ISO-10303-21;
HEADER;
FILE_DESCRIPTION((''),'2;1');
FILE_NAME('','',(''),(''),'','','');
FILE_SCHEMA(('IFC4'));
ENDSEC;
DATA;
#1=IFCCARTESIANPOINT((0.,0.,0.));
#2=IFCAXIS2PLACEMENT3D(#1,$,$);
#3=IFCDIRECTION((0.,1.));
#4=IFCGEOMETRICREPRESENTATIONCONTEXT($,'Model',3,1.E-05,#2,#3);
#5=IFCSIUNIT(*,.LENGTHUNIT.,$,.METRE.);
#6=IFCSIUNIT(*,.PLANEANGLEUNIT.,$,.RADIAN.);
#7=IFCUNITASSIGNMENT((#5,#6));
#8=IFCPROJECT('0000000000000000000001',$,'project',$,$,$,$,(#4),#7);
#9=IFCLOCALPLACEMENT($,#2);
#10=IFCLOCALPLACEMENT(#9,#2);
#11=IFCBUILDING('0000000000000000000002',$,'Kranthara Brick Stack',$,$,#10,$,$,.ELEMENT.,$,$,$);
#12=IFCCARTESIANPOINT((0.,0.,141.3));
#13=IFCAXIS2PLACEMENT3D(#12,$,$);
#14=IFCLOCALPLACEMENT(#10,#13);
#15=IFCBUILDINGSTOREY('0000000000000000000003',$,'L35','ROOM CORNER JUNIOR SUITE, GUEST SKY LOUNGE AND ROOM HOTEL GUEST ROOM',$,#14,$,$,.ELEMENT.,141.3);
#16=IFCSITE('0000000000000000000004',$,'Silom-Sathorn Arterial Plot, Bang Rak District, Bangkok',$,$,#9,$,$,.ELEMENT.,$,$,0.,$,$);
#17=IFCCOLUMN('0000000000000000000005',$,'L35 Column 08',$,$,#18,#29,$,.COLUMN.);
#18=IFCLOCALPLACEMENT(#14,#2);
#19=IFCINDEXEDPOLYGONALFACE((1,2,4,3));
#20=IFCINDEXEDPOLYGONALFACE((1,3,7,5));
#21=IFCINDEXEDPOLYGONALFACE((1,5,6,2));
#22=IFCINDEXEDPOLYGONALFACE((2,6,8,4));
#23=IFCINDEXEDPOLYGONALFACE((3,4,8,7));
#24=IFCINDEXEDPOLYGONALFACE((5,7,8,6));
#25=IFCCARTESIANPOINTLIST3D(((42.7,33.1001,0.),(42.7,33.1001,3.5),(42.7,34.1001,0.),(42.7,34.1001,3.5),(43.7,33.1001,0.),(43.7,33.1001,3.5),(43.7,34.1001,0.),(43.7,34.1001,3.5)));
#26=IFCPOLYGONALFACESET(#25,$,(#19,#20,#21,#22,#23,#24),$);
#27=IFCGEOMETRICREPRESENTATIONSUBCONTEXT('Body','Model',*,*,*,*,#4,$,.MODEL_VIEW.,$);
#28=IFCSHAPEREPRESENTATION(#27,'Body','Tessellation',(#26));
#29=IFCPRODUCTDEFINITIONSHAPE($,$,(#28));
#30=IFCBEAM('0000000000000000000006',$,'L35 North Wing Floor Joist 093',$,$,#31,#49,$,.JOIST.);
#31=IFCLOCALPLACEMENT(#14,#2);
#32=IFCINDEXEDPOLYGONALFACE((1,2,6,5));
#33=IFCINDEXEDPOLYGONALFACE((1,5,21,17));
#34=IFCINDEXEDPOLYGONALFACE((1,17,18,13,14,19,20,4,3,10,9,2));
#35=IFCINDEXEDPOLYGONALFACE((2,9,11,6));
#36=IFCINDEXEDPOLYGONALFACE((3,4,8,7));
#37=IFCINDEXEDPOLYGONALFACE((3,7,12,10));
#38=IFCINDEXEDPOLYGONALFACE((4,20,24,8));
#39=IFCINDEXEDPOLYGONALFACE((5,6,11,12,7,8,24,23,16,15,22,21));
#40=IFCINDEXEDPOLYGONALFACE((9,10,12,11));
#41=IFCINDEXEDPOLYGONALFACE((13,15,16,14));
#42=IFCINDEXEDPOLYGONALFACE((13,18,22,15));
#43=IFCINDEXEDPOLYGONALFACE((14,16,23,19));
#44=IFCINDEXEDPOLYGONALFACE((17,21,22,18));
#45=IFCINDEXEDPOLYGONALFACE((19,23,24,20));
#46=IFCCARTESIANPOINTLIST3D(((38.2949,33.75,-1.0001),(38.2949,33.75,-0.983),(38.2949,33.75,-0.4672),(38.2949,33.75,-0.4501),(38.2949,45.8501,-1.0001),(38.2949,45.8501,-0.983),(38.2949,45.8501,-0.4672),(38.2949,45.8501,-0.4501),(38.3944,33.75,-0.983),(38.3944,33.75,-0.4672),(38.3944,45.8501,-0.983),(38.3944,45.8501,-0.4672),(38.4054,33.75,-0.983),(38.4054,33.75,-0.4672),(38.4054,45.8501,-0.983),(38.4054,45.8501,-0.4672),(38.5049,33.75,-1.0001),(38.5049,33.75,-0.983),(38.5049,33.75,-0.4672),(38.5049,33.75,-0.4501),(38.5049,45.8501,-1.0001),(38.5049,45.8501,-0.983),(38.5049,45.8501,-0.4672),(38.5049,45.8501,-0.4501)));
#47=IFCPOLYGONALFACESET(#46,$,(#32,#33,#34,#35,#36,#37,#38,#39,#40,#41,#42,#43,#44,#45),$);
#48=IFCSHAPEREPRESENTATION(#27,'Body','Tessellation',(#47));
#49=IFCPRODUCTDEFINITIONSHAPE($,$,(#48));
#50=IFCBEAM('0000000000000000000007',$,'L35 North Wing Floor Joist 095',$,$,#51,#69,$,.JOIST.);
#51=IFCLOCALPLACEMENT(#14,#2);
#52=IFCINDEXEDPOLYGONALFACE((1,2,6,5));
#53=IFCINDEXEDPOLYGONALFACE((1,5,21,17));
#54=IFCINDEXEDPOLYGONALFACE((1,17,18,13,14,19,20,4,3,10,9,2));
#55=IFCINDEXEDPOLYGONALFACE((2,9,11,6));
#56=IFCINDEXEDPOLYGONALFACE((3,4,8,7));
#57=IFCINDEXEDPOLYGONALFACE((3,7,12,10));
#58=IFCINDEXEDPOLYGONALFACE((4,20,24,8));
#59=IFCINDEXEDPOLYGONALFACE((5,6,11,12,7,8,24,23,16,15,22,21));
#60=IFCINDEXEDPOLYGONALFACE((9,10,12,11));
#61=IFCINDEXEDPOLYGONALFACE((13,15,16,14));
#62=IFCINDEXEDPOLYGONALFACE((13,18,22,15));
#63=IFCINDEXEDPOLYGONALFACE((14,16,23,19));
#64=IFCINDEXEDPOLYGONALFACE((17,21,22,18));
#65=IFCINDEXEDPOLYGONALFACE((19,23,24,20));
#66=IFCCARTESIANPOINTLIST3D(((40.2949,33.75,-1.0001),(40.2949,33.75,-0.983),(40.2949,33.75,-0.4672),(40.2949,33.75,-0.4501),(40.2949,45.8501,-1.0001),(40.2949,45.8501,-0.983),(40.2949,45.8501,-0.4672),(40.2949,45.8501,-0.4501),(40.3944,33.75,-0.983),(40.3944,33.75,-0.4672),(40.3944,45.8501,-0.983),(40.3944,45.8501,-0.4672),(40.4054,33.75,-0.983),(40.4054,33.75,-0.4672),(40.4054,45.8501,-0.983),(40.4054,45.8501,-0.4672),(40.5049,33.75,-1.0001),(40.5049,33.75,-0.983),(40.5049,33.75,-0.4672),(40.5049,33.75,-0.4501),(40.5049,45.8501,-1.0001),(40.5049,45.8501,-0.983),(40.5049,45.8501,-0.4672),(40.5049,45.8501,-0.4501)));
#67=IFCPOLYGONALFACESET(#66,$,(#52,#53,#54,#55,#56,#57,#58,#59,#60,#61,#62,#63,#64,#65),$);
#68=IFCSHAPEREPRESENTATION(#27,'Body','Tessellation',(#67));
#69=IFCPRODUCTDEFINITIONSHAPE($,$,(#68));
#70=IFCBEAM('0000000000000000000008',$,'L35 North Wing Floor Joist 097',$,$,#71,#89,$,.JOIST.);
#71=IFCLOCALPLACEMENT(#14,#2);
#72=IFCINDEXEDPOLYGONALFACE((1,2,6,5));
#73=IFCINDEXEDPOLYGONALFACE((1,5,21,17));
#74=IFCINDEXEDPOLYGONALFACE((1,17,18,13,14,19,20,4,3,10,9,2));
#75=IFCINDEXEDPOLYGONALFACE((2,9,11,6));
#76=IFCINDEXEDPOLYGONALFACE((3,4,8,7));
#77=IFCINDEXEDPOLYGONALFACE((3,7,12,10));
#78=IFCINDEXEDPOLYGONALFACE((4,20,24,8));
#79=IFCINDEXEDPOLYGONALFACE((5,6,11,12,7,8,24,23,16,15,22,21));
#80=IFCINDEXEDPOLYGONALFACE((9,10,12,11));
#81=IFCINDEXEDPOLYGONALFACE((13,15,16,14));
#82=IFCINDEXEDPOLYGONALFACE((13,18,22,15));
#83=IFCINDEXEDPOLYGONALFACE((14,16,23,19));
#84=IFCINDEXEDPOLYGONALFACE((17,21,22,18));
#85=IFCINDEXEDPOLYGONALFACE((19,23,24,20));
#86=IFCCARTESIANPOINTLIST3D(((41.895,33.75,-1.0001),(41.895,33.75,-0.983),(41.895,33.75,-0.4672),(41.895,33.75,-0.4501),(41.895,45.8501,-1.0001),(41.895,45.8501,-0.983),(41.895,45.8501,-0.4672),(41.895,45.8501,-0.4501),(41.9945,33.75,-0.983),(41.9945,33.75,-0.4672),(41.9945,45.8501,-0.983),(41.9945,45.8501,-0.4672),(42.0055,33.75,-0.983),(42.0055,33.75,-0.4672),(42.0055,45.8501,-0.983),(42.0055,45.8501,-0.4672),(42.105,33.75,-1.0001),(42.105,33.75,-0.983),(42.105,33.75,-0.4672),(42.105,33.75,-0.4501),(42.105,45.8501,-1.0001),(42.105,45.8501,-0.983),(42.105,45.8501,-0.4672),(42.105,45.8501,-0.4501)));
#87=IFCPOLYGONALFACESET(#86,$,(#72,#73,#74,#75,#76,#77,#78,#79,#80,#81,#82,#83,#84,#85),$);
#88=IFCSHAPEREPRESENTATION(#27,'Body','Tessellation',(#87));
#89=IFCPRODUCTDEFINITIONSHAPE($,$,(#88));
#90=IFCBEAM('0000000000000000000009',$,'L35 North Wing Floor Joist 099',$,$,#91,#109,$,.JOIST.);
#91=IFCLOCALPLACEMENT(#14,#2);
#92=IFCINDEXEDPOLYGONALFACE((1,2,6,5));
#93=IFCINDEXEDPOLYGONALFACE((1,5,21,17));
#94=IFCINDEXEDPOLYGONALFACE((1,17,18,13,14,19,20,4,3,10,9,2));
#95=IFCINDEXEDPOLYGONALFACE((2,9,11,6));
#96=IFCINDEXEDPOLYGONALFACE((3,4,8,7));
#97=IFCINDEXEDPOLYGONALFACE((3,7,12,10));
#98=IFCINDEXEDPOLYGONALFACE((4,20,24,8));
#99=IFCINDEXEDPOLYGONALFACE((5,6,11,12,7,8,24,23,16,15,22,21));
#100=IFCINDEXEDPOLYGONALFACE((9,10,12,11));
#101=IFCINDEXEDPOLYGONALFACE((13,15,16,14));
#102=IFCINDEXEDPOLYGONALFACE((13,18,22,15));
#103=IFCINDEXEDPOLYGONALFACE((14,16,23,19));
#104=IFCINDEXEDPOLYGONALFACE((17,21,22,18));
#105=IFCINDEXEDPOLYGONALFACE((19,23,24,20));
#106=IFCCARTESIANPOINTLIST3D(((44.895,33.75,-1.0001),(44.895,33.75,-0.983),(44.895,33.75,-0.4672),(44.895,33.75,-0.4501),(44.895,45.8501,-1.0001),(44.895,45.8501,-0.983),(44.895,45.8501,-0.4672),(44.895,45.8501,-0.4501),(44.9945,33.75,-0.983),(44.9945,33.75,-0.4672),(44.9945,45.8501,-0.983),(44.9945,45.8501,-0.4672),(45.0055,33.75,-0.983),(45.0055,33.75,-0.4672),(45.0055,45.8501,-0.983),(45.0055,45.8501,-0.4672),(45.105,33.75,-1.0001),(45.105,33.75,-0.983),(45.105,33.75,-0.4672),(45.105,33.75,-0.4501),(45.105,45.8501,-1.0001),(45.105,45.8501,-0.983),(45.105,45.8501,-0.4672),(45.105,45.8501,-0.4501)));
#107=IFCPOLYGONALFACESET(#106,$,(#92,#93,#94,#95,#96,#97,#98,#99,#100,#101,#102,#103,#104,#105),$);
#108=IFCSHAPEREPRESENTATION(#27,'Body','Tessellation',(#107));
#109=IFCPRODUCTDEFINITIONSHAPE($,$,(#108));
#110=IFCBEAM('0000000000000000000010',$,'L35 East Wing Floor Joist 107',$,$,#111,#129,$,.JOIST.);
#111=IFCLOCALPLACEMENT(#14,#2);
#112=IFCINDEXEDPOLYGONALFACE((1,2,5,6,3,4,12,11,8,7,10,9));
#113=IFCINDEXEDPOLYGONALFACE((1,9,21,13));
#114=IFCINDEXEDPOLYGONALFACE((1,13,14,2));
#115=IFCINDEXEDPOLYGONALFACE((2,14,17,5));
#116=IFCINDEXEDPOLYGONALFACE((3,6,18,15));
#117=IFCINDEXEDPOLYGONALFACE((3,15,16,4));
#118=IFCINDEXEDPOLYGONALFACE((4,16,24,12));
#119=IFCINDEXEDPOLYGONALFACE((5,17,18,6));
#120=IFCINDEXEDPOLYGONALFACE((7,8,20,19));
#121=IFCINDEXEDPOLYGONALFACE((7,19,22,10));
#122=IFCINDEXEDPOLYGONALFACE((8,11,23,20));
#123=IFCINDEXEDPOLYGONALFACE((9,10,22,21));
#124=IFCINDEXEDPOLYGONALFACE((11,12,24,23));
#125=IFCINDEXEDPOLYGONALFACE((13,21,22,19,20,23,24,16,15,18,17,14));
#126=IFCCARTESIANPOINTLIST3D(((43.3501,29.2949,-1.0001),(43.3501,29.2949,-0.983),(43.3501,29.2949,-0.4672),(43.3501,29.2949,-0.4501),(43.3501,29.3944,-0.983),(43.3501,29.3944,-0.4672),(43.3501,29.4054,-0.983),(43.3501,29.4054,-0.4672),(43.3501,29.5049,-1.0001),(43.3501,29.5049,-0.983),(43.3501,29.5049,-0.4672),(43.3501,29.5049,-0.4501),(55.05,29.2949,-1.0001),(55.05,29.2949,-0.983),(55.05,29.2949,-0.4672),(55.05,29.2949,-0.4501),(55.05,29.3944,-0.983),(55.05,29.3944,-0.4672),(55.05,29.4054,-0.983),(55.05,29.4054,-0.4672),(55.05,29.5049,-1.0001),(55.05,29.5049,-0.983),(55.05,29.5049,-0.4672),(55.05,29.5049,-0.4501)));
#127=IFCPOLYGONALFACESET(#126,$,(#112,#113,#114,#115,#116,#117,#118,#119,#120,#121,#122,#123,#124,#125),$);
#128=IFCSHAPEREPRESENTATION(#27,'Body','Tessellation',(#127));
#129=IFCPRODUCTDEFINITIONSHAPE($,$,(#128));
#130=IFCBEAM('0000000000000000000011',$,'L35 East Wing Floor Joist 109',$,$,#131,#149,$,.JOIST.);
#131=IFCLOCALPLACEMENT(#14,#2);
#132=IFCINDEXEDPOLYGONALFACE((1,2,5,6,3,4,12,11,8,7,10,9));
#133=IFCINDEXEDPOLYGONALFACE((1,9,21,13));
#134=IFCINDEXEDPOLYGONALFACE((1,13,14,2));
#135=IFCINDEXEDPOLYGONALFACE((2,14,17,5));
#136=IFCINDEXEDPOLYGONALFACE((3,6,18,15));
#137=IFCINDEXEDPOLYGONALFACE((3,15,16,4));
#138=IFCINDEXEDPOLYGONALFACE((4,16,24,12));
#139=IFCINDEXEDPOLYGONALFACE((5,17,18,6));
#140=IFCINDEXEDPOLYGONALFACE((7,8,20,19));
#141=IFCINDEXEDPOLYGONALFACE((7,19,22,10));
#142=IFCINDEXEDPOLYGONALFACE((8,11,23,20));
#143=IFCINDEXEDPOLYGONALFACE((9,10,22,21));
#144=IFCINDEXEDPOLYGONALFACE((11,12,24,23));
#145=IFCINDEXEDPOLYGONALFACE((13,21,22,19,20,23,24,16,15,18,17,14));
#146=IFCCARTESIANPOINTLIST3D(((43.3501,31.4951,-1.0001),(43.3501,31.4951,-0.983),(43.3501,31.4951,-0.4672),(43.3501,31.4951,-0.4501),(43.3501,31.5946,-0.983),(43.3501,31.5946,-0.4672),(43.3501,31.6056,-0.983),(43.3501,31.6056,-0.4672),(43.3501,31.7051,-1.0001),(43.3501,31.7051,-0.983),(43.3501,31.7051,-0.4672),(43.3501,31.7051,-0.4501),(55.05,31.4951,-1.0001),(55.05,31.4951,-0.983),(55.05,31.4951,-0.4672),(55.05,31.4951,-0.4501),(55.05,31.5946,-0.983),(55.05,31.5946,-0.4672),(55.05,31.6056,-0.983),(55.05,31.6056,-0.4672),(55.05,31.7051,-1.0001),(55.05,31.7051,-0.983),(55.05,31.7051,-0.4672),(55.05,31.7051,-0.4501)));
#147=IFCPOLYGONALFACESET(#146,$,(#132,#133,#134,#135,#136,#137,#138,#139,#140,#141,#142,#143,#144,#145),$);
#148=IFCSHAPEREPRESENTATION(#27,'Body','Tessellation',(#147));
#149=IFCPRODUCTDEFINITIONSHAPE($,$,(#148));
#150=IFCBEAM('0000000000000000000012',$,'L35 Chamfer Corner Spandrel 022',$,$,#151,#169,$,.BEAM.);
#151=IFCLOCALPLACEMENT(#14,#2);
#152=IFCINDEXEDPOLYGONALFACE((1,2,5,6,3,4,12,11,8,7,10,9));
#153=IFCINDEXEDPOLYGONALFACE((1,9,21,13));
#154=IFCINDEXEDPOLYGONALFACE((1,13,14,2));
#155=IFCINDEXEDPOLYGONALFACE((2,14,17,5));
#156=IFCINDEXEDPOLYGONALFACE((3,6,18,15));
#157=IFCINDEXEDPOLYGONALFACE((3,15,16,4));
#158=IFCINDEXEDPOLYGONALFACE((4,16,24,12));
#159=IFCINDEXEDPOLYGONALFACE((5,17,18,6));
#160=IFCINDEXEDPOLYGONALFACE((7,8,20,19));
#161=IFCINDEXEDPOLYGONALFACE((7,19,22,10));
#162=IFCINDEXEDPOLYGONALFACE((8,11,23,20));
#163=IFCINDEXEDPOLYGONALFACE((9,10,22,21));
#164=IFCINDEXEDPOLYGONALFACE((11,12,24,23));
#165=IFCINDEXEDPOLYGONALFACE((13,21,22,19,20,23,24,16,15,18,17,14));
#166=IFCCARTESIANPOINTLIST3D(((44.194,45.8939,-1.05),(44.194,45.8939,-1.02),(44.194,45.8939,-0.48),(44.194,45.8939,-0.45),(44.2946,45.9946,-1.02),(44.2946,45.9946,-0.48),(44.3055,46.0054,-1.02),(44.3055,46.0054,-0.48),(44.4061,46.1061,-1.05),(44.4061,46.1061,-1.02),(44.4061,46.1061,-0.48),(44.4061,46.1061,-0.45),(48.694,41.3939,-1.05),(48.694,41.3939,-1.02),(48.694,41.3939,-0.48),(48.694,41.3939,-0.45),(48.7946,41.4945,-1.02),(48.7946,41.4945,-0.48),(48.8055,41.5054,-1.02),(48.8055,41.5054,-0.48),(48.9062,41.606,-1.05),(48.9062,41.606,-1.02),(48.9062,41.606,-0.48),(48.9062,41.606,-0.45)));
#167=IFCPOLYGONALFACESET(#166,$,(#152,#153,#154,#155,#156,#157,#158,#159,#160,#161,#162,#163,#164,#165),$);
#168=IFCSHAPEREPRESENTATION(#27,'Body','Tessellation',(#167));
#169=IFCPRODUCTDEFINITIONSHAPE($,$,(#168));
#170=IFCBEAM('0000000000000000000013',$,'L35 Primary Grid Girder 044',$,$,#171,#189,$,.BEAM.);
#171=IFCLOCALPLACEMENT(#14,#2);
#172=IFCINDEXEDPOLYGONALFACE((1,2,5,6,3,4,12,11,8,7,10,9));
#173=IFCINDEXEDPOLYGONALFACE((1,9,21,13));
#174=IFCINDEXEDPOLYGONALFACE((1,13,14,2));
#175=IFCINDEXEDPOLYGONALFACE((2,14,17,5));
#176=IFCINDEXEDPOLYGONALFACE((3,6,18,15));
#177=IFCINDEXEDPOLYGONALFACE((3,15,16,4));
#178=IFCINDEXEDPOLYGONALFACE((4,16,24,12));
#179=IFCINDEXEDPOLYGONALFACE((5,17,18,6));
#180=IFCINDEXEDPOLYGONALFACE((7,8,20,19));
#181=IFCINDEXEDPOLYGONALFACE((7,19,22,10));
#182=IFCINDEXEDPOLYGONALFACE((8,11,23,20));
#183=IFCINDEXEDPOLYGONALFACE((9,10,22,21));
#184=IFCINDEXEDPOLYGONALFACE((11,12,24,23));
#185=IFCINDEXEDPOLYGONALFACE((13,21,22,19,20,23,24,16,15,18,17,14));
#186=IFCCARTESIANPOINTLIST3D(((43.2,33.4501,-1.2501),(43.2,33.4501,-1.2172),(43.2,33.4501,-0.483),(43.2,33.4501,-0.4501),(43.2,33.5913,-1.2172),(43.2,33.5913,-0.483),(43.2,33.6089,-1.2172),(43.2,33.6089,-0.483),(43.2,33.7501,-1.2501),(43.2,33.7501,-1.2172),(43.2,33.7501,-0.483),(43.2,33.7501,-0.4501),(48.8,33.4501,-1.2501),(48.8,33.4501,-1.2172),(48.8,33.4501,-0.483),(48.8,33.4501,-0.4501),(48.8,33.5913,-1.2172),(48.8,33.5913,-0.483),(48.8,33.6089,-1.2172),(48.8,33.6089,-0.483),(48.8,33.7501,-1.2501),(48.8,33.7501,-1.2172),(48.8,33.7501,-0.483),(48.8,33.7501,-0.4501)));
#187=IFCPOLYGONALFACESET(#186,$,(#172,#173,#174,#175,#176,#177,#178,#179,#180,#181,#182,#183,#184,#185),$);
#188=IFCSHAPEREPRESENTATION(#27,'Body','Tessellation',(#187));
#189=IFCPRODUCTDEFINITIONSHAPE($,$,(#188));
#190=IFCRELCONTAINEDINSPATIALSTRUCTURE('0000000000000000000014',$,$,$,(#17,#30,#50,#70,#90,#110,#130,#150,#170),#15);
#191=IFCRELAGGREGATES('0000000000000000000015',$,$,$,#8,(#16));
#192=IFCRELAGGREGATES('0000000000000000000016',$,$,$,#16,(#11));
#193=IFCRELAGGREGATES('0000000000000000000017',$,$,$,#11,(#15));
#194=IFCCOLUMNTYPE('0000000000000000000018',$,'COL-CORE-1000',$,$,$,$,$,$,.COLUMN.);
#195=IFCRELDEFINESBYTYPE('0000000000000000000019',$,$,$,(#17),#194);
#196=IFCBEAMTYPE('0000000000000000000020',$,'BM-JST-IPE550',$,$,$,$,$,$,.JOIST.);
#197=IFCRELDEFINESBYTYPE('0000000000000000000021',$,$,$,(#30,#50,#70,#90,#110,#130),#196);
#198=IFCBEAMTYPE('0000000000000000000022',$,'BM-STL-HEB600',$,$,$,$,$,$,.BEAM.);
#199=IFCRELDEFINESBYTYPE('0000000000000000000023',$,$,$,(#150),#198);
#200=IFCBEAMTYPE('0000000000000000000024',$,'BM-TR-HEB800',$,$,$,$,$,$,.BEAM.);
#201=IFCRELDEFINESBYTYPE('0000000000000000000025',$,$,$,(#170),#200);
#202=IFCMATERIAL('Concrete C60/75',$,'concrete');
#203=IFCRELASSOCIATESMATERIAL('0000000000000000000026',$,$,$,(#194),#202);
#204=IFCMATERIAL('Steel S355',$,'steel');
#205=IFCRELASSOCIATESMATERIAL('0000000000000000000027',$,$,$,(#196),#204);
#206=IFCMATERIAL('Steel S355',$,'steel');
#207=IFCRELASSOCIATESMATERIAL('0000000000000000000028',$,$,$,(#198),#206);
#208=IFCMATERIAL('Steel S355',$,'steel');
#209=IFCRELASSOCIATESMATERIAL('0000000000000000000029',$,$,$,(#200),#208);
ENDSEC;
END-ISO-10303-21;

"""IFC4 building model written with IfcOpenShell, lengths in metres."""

from ifc_helpers import new_model, si_unit, direction, frame, origin, origin_2d, place, context, subcontext, project, spatial, rectangle, i_section, extrude, material, material_profile, profile_set, type_object, element, save


model = new_model("IFC4")

# Units and contexts
model_context = context("Model", 3, precision=1e-05, world=origin(), true_north=direction((0.0, 1.0)))
body_context = subcontext(model_context, "Body", "Model", "MODEL_VIEW")
ifc_project = project(units=[si_unit("LENGTHUNIT", "METRE"), si_unit("PLANEANGLEUNIT", "RADIAN")], contexts=[model_context])

# Site, building, storey
site_placement = place(None, origin())
site = spatial("IfcSite", under=ifc_project, at=site_placement, Name="Silom-Sathorn Arterial Plot, Bang Rak District, Bangkok", CompositionType="ELEMENT", RefElevation=0.0)
building_placement = place(site_placement, origin())
building = spatial("IfcBuilding", under=site, at=building_placement, Name="Kranthara Brick Stack", CompositionType="ELEMENT")
storey_placement = place(building_placement, frame((0.0, 0.0, 141.3)))
storey = spatial("IfcBuildingStorey", under=building, at=storey_placement, Name="L35", Description="ROOM CORNER JUNIOR SUITE, GUEST SKY LOUNGE AND ROOM HOTEL GUEST ROOM", CompositionType="ELEMENT", Elevation=141.3)

# Column
ifc_material_1 = material(Name="Concrete C60/75", Category="concrete")
ifc_material_profile_1 = material_profile(ifc_material_1, rectangle(XDim=1.0, YDim=1.0, at=origin_2d()), Name="RC 1000x1000")
ifc_profile_set_1 = profile_set([ifc_material_profile_1], Name="Concrete C60/75")
column_type = type_object("IfcColumnType", Name="COL-CORE-1000", PredefinedType="COLUMN", material=ifc_profile_set_1)
column_placement = place(storey_placement, frame((43.2, 33.6001, 0.0), z_axis=(0.0, 0.0, 1.0), x_axis=(1.0, 0.0, 0.0)))
element("IfcColumn", 1, at=column_placement, inside=storey, type_object=column_type, Name="L35 Column 08", PredefinedType="COLUMN", context=body_context, shape_type="SweptSolid", body=[
    extrude(rectangle(XDim=1.0, YDim=1.0, at=origin_2d()), origin(), (0.0, 0.0, 1.0), 3.5),
])

# Beams
ifc_material_2 = material(Name="Steel S355", Category="steel")
ifc_material_profile_2 = material_profile(ifc_material_2, i_section(OverallWidth=0.21, OverallDepth=0.55, WebThickness=0.011, FlangeThickness=0.0171, at=origin_2d()), Name="IPE 550")
ifc_profile_set_2 = profile_set([ifc_material_profile_2], Name="Steel S355")
beam_type_1 = type_object("IfcBeamType", Name="BM-JST-IPE550", PredefinedType="JOIST", material=ifc_profile_set_2)
for number, where, z_axis, x_axis, name in (
    (2, (38.3999, 33.75, -0.7251), (0.0, 1.0, 0.0), (-1.0, 0.0, 0.0), "L35 North Wing Floor Joist 093"),
    (3, (40.3999, 33.75, -0.7251), (0.0, 1.0, 0.0), (-1.0, 0.0, 0.0), "L35 North Wing Floor Joist 095"),
    (4, (42.0, 33.75, -0.7251), (0.0, 1.0, 0.0), (-1.0, 0.0, 0.0), "L35 North Wing Floor Joist 097"),
    (5, (45.0, 33.75, -0.7251), (0.0, 1.0, 0.0), (-1.0, 0.0, 0.0), "L35 North Wing Floor Joist 099"),
):
    element("IfcBeam", number, at=place(storey_placement, frame(where, z_axis=z_axis, x_axis=x_axis)), inside=storey, type_object=beam_type_1, Name=name, PredefinedType="JOIST", context=body_context, shape_type="SweptSolid", body=[
        extrude(i_section(OverallWidth=0.21, OverallDepth=0.55, WebThickness=0.011, FlangeThickness=0.0171, at=origin_2d()), origin(), (0.0, 0.0, 1.0), 12.1001),
    ])
for number, where, z_axis, x_axis, name in (
    (6, (43.3501, 29.3999, -0.7251), (1.0, 0.0, 0.0), (0.0, 1.0, 0.0), "L35 East Wing Floor Joist 107"),
    (7, (43.3501, 31.6001, -0.7251), (1.0, 0.0, 0.0), (0.0, 1.0, 0.0), "L35 East Wing Floor Joist 109"),
):
    element("IfcBeam", number, at=place(storey_placement, frame(where, z_axis=z_axis, x_axis=x_axis)), inside=storey, type_object=beam_type_1, Name=name, PredefinedType="JOIST", context=body_context, shape_type="SweptSolid", body=[
        extrude(i_section(OverallWidth=0.21, OverallDepth=0.55, WebThickness=0.011, FlangeThickness=0.0171, at=origin_2d()), origin(), (0.0, 0.0, 1.0), 11.7),
    ])
ifc_material_3 = material(Name="Steel S355", Category="steel")
ifc_material_profile_3 = material_profile(ifc_material_3, i_section(OverallWidth=0.3, OverallDepth=0.6001, WebThickness=0.0154, FlangeThickness=0.03, at=origin_2d()), Name="HEB 600")
ifc_profile_set_3 = profile_set([ifc_material_profile_3], Name="Steel S355")
beam_type_2 = type_object("IfcBeamType", Name="BM-STL-HEB600", PredefinedType="BEAM", material=ifc_profile_set_3)
beam_1_placement = place(storey_placement, frame((44.3, 46.0, -0.75), z_axis=(0.707107, -0.707107, 0.0), x_axis=(0.707107, 0.707107, 0.0)))
element("IfcBeam", 8, at=beam_1_placement, inside=storey, type_object=beam_type_2, Name="L35 Chamfer Corner Spandrel 022", PredefinedType="BEAM", context=body_context, shape_type="SweptSolid", body=[
    extrude(i_section(OverallWidth=0.3, OverallDepth=0.6001, WebThickness=0.0154, FlangeThickness=0.03, at=origin_2d()), origin(), (0.0, 0.0, 1.0), 6.364),
])
ifc_material_4 = material(Name="Steel S355", Category="steel")
ifc_material_profile_4 = material_profile(ifc_material_4, i_section(OverallWidth=0.3, OverallDepth=0.8, WebThickness=0.0176, FlangeThickness=0.033, at=origin_2d()), Name="HEB 800")
ifc_profile_set_4 = profile_set([ifc_material_profile_4], Name="Steel S355")
beam_type_3 = type_object("IfcBeamType", Name="BM-TR-HEB800", PredefinedType="BEAM", material=ifc_profile_set_4)
beam_2_placement = place(storey_placement, frame((43.2, 33.6001, -0.8501), z_axis=(1.0, 0.0, 0.0), x_axis=(0.0, 1.0, 0.0)))
element("IfcBeam", 9, at=beam_2_placement, inside=storey, type_object=beam_type_3, Name="L35 Primary Grid Girder 044", PredefinedType="BEAM", context=body_context, shape_type="SweptSolid", body=[
    extrude(i_section(OverallWidth=0.3, OverallDepth=0.8, WebThickness=0.0176, FlangeThickness=0.033, at=origin_2d()), origin(), (0.0, 0.0, 1.0), 5.6001),
])

save(model, "model.ifc")
